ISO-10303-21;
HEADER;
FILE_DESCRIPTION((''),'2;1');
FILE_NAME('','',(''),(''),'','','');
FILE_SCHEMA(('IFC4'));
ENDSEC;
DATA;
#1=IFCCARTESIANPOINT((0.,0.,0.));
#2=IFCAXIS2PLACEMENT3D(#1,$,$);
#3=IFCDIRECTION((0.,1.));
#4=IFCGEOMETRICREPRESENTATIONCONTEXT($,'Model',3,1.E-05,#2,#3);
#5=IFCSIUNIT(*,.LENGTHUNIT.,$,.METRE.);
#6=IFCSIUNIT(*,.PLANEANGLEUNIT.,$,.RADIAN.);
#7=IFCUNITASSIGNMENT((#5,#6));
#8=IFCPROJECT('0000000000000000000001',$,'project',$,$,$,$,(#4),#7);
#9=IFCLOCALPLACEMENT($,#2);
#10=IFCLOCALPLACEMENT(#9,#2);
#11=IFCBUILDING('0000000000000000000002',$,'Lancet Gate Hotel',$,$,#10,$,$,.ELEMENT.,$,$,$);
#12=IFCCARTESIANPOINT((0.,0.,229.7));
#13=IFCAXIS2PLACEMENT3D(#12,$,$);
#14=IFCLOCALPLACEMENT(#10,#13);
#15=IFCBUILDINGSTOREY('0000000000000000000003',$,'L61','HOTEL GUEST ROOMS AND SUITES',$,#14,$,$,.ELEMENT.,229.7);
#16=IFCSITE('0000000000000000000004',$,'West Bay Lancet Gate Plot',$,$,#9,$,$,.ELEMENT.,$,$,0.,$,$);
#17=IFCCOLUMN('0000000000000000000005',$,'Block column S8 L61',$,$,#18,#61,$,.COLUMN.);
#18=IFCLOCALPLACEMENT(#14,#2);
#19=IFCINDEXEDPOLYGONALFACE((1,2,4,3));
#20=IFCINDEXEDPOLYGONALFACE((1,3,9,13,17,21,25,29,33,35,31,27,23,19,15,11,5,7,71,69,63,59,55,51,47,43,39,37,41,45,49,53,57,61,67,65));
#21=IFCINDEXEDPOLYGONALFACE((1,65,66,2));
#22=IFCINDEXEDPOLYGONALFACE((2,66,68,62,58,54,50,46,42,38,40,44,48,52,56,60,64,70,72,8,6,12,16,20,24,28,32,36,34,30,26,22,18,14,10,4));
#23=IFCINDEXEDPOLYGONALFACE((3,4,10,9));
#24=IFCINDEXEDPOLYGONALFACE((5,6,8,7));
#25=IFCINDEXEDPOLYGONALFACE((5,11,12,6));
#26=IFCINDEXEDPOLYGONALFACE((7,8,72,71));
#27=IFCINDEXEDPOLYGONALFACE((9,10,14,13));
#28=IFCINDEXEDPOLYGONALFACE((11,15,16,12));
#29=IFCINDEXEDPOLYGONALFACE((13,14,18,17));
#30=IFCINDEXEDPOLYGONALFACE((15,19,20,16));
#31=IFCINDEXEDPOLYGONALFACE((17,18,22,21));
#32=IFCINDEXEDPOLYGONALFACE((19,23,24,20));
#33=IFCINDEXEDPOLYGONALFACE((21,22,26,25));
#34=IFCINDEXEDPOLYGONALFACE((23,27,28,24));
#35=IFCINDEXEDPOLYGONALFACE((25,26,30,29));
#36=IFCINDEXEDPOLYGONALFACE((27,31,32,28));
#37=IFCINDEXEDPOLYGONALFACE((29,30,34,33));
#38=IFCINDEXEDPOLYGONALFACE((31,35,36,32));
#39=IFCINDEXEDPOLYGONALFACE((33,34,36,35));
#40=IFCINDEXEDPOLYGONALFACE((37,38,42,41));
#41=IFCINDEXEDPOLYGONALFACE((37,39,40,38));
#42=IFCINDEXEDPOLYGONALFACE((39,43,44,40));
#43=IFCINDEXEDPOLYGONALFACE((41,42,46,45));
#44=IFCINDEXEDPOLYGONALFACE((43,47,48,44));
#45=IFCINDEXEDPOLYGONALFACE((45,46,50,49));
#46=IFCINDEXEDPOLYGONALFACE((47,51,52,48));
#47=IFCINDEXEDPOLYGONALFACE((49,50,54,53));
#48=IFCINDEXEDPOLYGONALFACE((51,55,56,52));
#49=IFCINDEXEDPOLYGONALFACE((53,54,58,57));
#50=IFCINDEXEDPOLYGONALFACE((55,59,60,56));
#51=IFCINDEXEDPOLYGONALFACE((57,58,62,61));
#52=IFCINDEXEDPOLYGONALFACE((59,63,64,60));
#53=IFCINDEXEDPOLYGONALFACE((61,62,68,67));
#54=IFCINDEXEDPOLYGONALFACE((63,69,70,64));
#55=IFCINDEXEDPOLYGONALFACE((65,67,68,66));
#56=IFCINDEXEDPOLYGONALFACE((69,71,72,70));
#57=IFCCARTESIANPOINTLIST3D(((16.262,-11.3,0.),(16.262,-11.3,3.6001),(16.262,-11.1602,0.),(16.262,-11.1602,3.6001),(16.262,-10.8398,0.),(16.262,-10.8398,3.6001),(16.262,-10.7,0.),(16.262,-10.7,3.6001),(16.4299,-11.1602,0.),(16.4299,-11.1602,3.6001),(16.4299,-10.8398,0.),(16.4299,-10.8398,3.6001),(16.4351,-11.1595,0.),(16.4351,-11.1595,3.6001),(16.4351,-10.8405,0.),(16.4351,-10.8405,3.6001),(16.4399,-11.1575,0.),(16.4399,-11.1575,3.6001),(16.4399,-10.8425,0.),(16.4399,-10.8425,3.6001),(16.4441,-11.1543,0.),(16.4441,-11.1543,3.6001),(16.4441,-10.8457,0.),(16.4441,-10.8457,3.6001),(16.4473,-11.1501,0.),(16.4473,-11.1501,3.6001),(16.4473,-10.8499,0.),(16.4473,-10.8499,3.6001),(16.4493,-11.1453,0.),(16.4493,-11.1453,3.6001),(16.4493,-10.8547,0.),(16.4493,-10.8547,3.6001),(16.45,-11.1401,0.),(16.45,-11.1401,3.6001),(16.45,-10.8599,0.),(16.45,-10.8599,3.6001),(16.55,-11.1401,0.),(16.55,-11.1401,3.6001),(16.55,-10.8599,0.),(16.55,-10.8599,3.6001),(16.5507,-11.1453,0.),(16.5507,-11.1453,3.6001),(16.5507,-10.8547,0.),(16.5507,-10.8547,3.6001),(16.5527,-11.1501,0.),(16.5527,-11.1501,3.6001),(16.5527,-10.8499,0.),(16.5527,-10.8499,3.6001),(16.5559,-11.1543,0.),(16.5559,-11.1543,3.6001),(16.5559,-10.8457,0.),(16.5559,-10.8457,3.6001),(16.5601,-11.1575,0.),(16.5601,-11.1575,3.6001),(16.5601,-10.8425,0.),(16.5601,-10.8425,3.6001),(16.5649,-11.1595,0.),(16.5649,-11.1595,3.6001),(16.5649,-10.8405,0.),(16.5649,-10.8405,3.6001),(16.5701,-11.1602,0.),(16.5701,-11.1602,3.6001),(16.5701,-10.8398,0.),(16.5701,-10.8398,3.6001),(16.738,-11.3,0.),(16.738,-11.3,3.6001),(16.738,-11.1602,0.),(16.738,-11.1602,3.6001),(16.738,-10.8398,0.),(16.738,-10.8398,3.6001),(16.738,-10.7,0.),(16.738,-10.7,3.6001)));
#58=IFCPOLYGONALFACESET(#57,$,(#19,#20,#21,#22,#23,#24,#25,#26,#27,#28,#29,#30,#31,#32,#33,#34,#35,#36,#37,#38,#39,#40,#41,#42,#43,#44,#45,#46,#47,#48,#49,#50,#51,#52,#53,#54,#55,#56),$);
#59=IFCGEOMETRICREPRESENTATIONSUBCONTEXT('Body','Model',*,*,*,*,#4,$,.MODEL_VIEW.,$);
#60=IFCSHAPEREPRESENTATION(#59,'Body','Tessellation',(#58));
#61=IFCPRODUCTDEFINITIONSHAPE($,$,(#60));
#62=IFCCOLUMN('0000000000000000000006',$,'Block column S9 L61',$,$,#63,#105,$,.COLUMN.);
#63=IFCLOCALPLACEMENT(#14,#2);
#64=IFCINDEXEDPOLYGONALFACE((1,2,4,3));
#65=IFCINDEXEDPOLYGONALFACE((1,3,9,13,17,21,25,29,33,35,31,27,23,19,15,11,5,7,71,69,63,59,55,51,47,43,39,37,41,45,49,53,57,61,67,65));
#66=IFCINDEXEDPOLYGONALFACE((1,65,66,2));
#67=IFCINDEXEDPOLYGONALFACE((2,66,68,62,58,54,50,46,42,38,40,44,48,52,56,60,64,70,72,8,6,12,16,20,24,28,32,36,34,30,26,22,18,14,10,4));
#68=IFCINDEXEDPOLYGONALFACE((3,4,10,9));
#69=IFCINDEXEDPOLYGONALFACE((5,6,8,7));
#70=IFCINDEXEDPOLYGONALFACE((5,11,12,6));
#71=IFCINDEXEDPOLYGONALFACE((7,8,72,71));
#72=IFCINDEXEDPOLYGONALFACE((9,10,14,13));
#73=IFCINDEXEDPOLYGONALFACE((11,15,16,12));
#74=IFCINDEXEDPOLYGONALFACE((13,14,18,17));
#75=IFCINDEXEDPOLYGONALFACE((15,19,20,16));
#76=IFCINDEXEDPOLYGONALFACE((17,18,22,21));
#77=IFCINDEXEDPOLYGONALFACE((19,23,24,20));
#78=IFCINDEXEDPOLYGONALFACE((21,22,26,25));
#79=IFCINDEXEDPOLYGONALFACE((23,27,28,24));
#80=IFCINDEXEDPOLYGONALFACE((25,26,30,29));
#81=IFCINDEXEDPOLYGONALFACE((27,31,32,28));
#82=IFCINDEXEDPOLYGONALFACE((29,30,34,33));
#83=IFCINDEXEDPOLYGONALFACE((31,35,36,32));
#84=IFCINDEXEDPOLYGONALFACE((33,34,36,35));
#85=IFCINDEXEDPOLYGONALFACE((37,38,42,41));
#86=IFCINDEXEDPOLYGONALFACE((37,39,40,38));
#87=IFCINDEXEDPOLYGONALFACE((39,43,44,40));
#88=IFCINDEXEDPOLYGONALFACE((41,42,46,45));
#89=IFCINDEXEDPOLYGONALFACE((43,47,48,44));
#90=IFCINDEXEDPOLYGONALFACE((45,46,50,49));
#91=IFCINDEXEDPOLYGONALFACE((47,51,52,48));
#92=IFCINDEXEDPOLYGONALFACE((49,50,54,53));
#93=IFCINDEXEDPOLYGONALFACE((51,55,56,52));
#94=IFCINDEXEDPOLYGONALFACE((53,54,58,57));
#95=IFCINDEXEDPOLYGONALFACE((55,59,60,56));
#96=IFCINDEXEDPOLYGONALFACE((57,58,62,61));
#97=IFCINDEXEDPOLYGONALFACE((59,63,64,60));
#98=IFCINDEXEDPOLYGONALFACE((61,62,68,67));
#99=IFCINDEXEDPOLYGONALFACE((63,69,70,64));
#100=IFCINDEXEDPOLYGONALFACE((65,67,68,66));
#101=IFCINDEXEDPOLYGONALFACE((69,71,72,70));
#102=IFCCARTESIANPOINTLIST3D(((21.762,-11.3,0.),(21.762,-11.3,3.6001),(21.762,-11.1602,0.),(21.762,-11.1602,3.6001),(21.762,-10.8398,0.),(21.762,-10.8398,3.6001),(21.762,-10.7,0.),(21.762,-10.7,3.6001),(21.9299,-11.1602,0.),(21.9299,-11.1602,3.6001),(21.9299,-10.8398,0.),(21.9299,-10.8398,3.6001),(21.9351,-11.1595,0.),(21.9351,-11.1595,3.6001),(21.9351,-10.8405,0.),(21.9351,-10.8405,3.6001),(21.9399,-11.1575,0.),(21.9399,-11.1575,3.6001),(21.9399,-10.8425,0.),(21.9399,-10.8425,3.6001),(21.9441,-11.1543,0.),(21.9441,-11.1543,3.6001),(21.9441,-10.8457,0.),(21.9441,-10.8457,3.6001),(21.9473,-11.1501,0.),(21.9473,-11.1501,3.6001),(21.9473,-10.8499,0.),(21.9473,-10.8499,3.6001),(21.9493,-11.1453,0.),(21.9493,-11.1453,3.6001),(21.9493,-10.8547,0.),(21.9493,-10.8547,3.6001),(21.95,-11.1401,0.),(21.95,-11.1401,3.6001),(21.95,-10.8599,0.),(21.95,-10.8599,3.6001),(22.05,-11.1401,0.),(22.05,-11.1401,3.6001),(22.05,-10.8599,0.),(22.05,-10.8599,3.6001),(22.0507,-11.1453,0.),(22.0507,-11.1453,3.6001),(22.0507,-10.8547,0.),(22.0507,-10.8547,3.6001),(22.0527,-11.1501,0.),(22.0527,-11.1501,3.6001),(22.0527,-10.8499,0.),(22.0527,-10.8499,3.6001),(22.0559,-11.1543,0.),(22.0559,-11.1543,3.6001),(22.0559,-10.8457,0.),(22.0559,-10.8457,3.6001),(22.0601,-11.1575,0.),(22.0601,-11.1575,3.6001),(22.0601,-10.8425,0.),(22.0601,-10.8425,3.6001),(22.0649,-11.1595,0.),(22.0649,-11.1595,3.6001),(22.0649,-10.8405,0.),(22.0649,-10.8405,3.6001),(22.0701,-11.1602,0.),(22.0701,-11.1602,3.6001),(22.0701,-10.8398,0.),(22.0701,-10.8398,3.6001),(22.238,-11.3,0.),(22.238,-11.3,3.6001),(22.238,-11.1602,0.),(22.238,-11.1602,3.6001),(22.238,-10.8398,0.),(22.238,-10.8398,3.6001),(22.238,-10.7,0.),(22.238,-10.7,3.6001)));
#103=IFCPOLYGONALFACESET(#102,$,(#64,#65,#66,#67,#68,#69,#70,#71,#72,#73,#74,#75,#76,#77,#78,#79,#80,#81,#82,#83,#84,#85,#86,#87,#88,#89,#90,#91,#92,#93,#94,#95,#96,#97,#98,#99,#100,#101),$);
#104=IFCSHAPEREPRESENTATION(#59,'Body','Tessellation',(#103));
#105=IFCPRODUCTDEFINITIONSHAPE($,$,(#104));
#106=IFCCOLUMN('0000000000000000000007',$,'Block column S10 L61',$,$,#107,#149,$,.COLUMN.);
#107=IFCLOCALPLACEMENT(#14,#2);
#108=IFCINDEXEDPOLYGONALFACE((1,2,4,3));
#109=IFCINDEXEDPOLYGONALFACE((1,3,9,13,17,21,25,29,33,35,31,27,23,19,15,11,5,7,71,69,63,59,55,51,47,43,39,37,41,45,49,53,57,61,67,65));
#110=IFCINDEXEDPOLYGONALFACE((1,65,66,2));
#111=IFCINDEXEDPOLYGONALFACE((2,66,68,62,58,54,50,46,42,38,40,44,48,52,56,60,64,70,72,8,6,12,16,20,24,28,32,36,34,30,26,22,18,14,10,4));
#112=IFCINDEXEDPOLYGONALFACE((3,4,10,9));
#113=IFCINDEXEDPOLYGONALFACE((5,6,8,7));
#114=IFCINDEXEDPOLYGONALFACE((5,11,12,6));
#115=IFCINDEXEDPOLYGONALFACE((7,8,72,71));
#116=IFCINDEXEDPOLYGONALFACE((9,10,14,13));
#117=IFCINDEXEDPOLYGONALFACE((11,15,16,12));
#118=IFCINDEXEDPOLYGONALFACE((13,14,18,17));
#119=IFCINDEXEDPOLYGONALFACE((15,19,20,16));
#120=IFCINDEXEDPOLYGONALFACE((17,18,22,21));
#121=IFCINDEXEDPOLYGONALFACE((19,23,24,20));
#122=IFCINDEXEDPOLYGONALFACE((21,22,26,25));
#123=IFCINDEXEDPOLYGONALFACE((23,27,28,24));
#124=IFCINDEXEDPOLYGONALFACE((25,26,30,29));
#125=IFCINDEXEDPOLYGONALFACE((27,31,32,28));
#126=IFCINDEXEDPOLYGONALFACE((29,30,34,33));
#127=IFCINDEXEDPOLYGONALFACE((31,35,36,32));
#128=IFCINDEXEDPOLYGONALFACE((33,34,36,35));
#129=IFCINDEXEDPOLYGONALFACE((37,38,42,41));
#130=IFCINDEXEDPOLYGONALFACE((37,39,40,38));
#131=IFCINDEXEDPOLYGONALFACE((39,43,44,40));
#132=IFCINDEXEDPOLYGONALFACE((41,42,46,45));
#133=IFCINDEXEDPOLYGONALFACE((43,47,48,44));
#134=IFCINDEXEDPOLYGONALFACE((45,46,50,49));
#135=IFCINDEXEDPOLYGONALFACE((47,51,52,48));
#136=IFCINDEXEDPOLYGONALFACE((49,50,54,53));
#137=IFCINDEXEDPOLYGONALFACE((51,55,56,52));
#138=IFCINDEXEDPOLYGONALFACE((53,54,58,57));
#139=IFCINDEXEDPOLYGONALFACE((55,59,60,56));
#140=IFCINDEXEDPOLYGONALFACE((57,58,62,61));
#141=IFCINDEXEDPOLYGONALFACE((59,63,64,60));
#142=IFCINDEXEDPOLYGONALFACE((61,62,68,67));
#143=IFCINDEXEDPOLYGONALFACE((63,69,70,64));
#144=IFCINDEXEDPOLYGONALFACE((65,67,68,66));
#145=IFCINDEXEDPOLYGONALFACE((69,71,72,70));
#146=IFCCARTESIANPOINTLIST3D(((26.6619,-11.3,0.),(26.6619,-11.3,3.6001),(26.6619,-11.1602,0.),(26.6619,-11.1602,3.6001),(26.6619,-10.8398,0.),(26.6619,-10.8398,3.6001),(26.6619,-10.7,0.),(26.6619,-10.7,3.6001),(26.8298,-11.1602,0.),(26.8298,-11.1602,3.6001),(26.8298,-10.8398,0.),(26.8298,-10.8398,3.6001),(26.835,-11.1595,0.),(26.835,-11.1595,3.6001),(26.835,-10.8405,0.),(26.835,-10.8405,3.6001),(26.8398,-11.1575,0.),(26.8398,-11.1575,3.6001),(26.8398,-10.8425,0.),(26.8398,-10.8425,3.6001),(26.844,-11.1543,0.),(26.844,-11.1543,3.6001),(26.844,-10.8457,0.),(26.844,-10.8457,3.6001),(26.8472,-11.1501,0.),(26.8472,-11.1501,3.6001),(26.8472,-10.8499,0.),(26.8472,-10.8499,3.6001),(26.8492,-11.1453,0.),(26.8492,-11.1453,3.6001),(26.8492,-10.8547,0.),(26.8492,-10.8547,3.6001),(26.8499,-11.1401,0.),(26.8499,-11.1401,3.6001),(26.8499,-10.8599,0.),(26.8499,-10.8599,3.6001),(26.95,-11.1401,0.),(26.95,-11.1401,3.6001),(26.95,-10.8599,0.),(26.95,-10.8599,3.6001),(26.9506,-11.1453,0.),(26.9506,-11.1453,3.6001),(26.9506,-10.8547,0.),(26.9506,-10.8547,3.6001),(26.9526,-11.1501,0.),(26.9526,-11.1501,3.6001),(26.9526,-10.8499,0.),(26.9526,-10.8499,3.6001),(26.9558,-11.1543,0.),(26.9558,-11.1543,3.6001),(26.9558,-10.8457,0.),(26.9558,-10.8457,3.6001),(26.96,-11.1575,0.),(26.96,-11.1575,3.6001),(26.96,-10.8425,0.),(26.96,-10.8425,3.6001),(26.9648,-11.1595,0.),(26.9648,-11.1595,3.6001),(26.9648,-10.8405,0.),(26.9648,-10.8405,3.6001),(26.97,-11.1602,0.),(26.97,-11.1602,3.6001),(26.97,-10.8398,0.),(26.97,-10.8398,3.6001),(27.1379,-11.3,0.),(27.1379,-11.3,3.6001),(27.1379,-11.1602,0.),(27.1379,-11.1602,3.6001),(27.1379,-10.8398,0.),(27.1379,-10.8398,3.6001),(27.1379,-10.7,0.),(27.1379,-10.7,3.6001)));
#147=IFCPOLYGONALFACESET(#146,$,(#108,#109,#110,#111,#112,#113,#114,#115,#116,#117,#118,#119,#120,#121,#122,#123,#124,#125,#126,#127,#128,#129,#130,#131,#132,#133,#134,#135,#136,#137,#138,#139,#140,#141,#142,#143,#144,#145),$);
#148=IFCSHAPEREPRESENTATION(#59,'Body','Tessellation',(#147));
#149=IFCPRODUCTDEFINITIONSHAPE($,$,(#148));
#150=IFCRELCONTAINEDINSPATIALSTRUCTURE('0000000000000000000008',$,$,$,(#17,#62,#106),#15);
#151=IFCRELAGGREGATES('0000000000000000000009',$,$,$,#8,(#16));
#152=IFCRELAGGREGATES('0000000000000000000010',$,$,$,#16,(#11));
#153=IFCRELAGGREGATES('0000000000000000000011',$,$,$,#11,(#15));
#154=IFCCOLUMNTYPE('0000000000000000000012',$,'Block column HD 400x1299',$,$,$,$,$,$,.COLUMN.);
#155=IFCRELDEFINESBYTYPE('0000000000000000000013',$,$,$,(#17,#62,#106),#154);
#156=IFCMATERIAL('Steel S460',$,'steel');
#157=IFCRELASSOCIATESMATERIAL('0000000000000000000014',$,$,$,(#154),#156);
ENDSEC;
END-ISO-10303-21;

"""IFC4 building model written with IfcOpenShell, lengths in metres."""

from ifc_helpers import new_model, si_unit, direction, frame, origin, origin_2d, place, context, subcontext, project, spatial, i_section, extrude, material, material_profile, profile_set, type_object, element, save


model = new_model("IFC4")

# Units and contexts
model_context = context("Model", 3, precision=1e-05, world=origin(), true_north=direction((0.0, 1.0)))
body_context = subcontext(model_context, "Body", "Model", "MODEL_VIEW")
ifc_project = project(units=[si_unit("LENGTHUNIT", "METRE"), si_unit("PLANEANGLEUNIT", "RADIAN")], contexts=[model_context])

# Site, building, storey
site_placement = place(None, origin())
site = spatial("IfcSite", under=ifc_project, at=site_placement, Name="West Bay Lancet Gate Plot", CompositionType="ELEMENT", RefElevation=0.0)
building_placement = place(site_placement, origin())
building = spatial("IfcBuilding", under=site, at=building_placement, Name="Lancet Gate Hotel", CompositionType="ELEMENT")
storey_placement = place(building_placement, frame((0.0, 0.0, 229.7)))
storey = spatial("IfcBuildingStorey", under=building, at=storey_placement, Name="L61", Description="HOTEL GUEST ROOMS AND SUITES", CompositionType="ELEMENT", Elevation=229.7)

# Columns
ifc_material_1 = material(Name="Steel S460", Category="steel")
ifc_material_profile_1 = material_profile(ifc_material_1, i_section(OverallWidth=0.4761, OverallDepth=0.6001, WebThickness=0.1001, FlangeThickness=0.1399, FilletRadius=0.02, at=origin_2d()), Name="HD 400x1299")
ifc_profile_set_1 = profile_set([ifc_material_profile_1], Name="Steel S460")
column_type_1 = type_object("IfcColumnType", Name="Block column HD 400x1299", PredefinedType="COLUMN", material=ifc_profile_set_1)
for number, where, z_axis, x_axis, name in (
    (1, (16.5, -11.0, 0.0), (0.0, 0.0, 1.0), (1.0, 0.0, 0.0), "Block column S8 L61"),
    (2, (22.0, -11.0, 0.0), (0.0, 0.0, 1.0), (1.0, 0.0, 0.0), "Block column S9 L61"),
    (3, (26.8999, -11.0, 0.0), (0.0, 0.0, 1.0), (1.0, 0.0, 0.0), "Block column S10 L61"),
):
    element("IfcColumn", number, at=place(storey_placement, frame(where, z_axis=z_axis, x_axis=x_axis)), inside=storey, type_object=column_type_1, Name=name, PredefinedType="COLUMN", context=body_context, shape_type="SweptSolid", body=[
        extrude(i_section(OverallWidth=0.4761, OverallDepth=0.6001, WebThickness=0.1001, FlangeThickness=0.1399, FilletRadius=0.02, at=origin_2d()), origin(), (0.0, 0.0, 1.0), 3.6001),
    ])

save(model, "model.ifc")
